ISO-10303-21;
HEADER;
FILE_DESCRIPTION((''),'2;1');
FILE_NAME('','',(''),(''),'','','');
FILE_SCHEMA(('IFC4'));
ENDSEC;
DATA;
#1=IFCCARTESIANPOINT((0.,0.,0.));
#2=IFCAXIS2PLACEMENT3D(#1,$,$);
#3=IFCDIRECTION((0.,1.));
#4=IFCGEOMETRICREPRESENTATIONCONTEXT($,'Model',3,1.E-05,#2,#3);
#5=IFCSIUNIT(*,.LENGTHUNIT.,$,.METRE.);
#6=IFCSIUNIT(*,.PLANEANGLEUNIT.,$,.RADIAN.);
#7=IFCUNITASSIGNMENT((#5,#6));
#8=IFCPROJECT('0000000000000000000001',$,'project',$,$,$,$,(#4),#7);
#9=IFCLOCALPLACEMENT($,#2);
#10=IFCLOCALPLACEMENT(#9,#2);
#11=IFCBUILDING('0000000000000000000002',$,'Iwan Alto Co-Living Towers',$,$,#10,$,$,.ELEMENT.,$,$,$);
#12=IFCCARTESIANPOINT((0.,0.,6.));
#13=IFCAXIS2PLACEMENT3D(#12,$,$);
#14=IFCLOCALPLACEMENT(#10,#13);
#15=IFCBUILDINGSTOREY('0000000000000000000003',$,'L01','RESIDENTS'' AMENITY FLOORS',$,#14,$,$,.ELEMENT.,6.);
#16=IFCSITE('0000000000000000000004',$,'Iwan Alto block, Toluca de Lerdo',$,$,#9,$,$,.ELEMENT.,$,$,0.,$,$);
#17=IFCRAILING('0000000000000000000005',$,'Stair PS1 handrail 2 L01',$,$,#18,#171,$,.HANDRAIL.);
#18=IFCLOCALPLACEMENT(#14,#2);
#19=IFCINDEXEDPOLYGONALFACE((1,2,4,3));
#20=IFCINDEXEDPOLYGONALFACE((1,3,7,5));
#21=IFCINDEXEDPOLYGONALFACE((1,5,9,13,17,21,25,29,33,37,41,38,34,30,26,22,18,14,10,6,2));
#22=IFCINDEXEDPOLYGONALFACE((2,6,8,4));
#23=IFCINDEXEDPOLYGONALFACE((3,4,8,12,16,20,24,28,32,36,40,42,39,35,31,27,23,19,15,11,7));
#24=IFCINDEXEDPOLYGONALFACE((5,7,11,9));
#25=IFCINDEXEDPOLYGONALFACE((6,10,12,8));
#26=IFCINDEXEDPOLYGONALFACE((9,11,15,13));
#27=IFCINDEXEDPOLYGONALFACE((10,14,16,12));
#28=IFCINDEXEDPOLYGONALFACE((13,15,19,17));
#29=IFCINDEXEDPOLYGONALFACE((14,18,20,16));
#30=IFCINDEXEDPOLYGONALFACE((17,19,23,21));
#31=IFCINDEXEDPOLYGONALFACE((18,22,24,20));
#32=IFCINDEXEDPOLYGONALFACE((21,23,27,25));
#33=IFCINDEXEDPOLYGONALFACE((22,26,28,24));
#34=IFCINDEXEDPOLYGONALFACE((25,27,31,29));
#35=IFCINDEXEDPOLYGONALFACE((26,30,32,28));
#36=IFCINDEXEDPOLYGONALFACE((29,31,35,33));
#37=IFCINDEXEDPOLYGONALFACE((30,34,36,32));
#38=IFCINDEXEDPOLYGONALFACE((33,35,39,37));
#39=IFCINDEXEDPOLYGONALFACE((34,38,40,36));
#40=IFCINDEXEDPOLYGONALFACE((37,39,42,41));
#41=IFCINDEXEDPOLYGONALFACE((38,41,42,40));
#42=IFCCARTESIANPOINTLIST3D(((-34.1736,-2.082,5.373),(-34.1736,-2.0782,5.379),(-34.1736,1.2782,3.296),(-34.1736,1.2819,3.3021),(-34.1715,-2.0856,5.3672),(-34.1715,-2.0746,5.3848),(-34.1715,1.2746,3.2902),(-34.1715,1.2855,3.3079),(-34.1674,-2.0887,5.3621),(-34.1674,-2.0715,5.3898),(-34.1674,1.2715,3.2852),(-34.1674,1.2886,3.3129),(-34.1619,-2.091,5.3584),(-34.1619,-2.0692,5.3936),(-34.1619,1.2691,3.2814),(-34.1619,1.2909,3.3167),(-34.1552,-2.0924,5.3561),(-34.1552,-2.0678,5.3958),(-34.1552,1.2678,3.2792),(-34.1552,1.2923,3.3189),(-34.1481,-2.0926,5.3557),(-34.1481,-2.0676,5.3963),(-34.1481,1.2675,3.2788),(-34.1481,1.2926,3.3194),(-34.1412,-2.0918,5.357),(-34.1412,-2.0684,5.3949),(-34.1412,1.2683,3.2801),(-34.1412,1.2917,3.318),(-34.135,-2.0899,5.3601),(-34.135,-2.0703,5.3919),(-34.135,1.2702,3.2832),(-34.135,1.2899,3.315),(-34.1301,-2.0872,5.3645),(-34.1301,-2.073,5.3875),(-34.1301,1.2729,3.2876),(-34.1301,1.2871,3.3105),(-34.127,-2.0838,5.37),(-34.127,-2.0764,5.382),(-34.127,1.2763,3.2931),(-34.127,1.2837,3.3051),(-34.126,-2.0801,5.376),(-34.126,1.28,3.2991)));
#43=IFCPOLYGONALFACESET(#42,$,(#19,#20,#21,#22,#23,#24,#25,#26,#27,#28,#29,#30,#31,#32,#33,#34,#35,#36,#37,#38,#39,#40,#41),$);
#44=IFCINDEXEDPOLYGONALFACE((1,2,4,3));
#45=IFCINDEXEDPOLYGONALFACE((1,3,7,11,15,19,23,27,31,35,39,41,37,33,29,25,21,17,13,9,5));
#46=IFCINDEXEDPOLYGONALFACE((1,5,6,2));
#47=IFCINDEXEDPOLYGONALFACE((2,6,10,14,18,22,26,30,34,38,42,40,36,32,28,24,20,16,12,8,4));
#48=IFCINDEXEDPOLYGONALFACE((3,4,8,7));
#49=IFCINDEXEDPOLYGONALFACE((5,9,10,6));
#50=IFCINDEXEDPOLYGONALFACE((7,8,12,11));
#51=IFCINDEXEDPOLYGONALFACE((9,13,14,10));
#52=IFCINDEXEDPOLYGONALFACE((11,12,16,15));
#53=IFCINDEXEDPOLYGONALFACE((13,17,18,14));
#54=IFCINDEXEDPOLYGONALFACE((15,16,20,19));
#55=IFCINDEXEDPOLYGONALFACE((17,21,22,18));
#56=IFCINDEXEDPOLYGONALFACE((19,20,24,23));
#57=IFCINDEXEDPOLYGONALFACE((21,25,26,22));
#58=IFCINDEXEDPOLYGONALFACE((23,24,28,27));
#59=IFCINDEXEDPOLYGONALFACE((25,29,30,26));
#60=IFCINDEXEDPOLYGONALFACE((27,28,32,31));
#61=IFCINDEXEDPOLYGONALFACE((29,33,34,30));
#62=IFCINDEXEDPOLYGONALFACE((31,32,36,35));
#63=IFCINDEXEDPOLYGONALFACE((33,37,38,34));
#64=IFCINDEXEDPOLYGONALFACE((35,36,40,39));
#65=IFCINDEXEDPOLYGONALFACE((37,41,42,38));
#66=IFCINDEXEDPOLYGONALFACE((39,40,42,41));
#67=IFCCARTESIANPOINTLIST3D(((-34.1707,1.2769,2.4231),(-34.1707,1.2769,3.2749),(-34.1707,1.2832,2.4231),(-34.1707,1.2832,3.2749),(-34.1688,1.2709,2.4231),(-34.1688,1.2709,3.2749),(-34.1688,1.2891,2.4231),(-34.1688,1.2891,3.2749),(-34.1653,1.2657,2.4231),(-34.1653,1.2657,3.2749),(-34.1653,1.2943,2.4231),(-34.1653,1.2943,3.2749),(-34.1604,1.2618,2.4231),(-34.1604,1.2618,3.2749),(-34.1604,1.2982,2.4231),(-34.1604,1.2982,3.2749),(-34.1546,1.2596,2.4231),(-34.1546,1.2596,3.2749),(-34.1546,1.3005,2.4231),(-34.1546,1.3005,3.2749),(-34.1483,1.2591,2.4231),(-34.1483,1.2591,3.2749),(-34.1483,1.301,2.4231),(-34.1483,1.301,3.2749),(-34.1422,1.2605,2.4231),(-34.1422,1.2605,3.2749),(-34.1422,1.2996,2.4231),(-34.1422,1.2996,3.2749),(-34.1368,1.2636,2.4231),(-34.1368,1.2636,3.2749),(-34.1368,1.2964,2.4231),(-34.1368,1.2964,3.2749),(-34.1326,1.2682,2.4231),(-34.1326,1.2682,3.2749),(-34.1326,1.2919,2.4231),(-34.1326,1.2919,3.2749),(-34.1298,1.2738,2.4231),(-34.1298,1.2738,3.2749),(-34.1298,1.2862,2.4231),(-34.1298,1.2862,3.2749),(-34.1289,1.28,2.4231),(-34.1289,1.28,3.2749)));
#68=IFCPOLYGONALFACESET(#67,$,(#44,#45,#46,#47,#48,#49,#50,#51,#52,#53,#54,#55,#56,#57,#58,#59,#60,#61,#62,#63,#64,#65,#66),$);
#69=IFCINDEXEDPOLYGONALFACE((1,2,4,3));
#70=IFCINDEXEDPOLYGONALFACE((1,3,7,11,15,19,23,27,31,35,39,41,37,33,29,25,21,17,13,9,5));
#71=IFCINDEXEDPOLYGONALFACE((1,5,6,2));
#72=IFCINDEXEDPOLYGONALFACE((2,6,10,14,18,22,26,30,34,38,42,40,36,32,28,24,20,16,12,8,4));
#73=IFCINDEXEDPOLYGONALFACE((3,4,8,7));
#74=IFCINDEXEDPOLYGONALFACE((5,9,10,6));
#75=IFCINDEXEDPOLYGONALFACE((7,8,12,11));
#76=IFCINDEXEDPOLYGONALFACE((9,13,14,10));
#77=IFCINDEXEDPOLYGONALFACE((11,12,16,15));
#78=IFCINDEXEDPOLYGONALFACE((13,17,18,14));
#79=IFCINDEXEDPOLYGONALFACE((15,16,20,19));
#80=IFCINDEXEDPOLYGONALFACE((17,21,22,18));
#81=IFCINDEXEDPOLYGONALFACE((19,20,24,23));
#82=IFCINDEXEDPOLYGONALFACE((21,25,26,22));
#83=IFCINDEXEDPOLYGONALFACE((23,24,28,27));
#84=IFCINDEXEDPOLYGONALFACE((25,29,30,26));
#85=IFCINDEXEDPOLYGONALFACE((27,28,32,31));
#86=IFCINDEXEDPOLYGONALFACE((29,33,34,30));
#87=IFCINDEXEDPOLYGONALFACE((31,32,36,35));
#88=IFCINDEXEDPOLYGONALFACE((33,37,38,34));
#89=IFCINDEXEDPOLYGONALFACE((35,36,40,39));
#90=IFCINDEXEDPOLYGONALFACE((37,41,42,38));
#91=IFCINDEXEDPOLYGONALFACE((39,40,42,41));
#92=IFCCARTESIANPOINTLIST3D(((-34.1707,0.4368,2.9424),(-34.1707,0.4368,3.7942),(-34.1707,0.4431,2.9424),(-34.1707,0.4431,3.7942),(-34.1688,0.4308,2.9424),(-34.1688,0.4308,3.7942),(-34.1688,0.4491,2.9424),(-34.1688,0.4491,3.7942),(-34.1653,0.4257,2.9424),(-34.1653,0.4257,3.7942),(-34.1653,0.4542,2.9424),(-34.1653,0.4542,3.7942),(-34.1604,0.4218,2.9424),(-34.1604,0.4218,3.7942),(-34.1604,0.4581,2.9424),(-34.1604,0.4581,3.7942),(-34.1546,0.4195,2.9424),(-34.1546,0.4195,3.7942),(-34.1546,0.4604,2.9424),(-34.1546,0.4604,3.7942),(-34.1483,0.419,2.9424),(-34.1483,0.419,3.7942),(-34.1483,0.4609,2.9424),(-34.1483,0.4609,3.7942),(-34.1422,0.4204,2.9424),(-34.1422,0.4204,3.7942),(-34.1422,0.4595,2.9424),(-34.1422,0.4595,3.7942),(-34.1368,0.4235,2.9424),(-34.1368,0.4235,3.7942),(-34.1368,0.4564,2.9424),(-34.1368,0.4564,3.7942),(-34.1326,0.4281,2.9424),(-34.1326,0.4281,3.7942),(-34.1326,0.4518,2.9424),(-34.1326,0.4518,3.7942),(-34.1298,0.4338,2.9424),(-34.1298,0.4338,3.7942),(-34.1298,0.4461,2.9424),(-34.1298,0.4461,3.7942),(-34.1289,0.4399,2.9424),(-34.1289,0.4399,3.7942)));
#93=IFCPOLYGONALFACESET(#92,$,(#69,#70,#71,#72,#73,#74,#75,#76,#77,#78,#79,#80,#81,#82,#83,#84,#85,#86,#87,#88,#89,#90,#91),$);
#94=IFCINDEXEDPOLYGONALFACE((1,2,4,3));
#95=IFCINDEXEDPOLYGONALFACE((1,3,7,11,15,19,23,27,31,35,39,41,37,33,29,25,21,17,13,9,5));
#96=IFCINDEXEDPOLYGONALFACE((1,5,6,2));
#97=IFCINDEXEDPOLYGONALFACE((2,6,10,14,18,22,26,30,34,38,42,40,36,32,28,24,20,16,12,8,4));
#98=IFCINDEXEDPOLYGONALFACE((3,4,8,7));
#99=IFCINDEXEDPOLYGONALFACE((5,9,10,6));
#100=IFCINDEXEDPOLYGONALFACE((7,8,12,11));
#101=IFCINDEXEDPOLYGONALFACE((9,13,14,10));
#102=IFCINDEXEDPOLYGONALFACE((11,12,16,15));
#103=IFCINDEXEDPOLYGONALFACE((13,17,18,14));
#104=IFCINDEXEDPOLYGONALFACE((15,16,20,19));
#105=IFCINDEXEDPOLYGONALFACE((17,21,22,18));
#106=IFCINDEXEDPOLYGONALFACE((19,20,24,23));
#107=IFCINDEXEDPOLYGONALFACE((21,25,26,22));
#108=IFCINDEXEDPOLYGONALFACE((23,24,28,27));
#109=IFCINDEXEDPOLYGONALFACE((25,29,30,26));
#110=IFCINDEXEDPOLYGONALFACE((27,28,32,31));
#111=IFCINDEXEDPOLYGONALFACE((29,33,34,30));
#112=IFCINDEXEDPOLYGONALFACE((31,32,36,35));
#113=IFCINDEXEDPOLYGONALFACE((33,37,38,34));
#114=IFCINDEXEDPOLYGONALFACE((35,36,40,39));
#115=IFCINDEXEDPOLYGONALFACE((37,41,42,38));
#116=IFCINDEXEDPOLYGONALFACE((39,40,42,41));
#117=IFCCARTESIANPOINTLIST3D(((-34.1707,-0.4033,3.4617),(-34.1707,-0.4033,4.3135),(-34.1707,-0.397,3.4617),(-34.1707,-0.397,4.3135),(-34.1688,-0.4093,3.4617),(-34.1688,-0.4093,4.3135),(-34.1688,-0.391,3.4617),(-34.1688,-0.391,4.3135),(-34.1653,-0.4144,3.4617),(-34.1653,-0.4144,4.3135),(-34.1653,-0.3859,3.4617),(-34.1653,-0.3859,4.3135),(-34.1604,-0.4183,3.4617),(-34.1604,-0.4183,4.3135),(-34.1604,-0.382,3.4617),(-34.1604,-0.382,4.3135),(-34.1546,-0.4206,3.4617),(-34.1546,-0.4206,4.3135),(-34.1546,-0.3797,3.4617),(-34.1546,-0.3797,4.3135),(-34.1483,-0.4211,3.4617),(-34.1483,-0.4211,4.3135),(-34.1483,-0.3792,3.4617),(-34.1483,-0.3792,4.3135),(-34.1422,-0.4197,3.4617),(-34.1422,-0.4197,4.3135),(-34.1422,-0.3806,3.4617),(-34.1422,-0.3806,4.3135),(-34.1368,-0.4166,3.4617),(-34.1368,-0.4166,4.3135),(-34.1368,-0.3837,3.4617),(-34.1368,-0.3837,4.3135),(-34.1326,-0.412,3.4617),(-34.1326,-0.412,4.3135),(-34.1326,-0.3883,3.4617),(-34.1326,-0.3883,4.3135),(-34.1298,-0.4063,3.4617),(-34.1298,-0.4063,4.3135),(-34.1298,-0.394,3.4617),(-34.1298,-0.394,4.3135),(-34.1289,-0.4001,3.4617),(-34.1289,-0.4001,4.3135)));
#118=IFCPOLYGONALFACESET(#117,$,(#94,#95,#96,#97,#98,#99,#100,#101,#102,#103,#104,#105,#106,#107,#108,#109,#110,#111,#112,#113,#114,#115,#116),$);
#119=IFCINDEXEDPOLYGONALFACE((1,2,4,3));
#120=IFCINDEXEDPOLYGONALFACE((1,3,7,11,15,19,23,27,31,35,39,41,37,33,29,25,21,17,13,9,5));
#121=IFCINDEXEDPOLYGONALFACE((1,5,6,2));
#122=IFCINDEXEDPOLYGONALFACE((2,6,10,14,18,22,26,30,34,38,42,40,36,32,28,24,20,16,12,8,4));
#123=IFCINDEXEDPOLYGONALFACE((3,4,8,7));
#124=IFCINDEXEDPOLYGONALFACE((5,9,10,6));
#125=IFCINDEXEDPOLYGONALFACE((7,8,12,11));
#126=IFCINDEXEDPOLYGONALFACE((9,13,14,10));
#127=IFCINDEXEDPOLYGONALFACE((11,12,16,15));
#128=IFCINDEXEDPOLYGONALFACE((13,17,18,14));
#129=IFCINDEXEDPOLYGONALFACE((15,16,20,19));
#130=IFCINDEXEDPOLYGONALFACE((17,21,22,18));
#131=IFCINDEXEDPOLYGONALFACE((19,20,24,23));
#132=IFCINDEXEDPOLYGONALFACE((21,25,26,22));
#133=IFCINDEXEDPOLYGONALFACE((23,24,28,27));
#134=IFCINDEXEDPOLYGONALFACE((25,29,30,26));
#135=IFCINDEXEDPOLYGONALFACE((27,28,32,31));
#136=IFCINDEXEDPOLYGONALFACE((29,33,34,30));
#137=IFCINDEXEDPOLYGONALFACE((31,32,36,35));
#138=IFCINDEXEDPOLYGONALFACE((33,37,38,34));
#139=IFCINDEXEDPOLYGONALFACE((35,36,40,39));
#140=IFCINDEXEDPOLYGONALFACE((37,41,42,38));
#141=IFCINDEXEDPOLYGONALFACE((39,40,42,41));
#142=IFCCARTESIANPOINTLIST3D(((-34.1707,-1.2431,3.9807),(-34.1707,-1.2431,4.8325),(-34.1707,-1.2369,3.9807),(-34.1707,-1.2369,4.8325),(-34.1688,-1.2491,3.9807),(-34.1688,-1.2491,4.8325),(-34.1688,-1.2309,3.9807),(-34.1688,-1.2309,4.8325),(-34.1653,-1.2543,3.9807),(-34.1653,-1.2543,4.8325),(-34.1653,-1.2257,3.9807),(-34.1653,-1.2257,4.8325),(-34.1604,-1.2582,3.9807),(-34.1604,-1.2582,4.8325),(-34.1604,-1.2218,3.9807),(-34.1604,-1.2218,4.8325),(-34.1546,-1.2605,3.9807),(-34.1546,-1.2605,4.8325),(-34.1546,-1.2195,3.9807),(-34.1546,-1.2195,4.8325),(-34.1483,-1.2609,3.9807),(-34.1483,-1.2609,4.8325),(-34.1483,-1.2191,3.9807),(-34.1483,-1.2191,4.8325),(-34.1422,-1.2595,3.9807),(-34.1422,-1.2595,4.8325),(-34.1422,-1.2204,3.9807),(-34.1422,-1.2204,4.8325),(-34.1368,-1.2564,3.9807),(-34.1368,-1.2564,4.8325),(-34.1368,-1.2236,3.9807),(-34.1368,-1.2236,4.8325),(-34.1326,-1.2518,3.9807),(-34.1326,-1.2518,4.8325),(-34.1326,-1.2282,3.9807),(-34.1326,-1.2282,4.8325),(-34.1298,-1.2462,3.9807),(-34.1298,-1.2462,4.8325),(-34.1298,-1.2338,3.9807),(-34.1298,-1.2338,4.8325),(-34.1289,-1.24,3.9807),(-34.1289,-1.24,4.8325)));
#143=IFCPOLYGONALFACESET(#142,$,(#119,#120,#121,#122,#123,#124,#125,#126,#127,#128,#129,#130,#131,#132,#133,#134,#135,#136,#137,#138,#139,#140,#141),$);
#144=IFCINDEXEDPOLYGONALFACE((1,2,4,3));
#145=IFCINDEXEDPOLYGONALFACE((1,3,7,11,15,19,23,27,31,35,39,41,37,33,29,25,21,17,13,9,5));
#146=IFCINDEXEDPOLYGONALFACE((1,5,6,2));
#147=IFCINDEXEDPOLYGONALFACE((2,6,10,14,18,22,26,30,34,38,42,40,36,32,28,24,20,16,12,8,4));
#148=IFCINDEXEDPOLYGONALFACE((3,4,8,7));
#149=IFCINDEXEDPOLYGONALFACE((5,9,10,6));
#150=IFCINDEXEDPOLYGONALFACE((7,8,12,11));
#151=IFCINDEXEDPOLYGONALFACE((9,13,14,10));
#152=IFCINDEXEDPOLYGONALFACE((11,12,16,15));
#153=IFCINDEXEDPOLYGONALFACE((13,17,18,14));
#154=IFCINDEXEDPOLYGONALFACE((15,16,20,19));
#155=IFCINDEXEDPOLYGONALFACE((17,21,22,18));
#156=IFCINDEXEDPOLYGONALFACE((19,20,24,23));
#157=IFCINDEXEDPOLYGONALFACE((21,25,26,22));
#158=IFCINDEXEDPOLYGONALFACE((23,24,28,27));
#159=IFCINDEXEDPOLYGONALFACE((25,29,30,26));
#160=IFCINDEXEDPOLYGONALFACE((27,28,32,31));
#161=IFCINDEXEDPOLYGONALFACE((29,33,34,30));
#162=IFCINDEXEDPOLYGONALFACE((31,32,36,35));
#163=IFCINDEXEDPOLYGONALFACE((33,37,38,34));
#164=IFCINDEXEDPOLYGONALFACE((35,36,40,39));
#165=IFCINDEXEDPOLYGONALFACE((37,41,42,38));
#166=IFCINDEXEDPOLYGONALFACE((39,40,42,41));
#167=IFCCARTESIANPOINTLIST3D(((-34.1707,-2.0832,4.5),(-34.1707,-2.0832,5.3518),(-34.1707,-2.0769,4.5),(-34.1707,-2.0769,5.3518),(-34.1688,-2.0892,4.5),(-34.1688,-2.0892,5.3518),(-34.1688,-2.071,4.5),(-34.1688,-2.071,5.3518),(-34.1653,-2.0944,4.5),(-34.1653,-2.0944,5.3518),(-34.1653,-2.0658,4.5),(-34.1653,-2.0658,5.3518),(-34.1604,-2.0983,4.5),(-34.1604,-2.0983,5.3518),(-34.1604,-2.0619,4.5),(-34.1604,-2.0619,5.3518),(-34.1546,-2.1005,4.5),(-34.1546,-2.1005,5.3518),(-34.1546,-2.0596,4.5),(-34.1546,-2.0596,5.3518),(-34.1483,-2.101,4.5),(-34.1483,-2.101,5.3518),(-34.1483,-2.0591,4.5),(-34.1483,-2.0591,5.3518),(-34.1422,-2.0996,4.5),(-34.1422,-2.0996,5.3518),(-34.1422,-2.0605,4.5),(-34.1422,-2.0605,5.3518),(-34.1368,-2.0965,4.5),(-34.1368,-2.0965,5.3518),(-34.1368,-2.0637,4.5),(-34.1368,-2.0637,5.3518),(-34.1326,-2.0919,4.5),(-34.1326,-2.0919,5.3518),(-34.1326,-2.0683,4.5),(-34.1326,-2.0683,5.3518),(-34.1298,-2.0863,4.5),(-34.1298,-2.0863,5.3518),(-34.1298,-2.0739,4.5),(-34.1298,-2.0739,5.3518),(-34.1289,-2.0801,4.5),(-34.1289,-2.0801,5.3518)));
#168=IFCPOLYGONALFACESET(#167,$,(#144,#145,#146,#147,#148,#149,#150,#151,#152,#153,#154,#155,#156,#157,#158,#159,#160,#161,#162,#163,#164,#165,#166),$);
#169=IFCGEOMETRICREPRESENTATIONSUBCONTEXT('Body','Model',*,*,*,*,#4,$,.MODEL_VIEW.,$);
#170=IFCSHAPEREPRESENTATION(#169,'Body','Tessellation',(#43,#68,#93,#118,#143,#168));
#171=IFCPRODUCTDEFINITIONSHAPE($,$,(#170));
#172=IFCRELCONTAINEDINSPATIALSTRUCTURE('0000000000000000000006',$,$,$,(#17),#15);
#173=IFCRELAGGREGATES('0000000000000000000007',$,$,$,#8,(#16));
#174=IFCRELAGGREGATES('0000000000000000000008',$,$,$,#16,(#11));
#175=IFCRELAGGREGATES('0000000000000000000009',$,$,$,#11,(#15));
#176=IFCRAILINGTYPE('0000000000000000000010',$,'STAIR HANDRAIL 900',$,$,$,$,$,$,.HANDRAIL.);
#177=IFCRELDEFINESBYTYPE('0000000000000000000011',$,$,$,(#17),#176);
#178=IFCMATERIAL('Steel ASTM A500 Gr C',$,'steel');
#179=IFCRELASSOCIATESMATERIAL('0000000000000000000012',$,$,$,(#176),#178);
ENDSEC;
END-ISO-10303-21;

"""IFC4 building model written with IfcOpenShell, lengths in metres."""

from ifc_helpers import new_model, si_unit, direction, frame, origin, origin_2d, place, context, subcontext, project, spatial, circle, extrude, material, type_object, element, save


model = new_model("IFC4")

# Units and contexts
model_context = context("Model", 3, precision=1e-05, world=origin(), true_north=direction((0.0, 1.0)))
body_context = subcontext(model_context, "Body", "Model", "MODEL_VIEW")
ifc_project = project(units=[si_unit("LENGTHUNIT", "METRE"), si_unit("PLANEANGLEUNIT", "RADIAN")], contexts=[model_context])

# Site, building, storey
site_placement = place(None, origin())
site = spatial("IfcSite", under=ifc_project, at=site_placement, Name="Iwan Alto block, Toluca de Lerdo", CompositionType="ELEMENT", RefElevation=0.0)
building_placement = place(site_placement, origin())
building = spatial("IfcBuilding", under=site, at=building_placement, Name="Iwan Alto Co-Living Towers", CompositionType="ELEMENT")
storey_placement = place(building_placement, frame((0.0, 0.0, 6.0)))
storey = spatial("IfcBuildingStorey", under=building, at=storey_placement, Name="L01", Description="RESIDENTS' AMENITY FLOORS", CompositionType="ELEMENT", Elevation=6.0)

# Railing
ifc_material_1 = material(Name="Steel ASTM A500 Gr C", Category="steel")
railing_type_1 = type_object("IfcRailingType", Name="STAIR HANDRAIL 900", PredefinedType="HANDRAIL", material=ifc_material_1)
railing_1_placement = place(storey_placement, frame((-34.1499, 1.28, 2.4231)))
element("IfcRailing", 1, at=railing_1_placement, inside=storey, type_object=railing_type_1, Name="Stair PS1 handrail 2 L01", PredefinedType="HANDRAIL", context=body_context, shape_type="SweptSolid", body=[
    extrude(circle(Radius=0.0239, at=origin_2d()), frame((0.0, 0.0, 0.876), z_axis=(0.0, -0.850623, 0.525776), x_axis=(1.0, 0.0, 0.0)), (0.0, 0.0, 1.0), 3.9502),
    extrude(circle(Radius=0.021, at=origin_2d()), origin(), (0.0, 0.0, 1.0), 0.8518),
    extrude(circle(Radius=0.021, at=origin_2d()), frame((0.0, -0.8401, 0.5193)), (0.0, 0.0, 1.0), 0.8518),
    extrude(circle(Radius=0.021, at=origin_2d()), frame((0.0, -1.6802, 1.0386)), (0.0, 0.0, 1.0), 0.8518),
    extrude(circle(Radius=0.021, at=origin_2d()), frame((0.0, -2.52, 1.5576)), (0.0, 0.0, 1.0), 0.8518),
    extrude(circle(Radius=0.021, at=origin_2d()), frame((0.0, -3.3601, 2.0769)), (0.0, 0.0, 1.0), 0.8518),
])

save(model, "model.ifc")
